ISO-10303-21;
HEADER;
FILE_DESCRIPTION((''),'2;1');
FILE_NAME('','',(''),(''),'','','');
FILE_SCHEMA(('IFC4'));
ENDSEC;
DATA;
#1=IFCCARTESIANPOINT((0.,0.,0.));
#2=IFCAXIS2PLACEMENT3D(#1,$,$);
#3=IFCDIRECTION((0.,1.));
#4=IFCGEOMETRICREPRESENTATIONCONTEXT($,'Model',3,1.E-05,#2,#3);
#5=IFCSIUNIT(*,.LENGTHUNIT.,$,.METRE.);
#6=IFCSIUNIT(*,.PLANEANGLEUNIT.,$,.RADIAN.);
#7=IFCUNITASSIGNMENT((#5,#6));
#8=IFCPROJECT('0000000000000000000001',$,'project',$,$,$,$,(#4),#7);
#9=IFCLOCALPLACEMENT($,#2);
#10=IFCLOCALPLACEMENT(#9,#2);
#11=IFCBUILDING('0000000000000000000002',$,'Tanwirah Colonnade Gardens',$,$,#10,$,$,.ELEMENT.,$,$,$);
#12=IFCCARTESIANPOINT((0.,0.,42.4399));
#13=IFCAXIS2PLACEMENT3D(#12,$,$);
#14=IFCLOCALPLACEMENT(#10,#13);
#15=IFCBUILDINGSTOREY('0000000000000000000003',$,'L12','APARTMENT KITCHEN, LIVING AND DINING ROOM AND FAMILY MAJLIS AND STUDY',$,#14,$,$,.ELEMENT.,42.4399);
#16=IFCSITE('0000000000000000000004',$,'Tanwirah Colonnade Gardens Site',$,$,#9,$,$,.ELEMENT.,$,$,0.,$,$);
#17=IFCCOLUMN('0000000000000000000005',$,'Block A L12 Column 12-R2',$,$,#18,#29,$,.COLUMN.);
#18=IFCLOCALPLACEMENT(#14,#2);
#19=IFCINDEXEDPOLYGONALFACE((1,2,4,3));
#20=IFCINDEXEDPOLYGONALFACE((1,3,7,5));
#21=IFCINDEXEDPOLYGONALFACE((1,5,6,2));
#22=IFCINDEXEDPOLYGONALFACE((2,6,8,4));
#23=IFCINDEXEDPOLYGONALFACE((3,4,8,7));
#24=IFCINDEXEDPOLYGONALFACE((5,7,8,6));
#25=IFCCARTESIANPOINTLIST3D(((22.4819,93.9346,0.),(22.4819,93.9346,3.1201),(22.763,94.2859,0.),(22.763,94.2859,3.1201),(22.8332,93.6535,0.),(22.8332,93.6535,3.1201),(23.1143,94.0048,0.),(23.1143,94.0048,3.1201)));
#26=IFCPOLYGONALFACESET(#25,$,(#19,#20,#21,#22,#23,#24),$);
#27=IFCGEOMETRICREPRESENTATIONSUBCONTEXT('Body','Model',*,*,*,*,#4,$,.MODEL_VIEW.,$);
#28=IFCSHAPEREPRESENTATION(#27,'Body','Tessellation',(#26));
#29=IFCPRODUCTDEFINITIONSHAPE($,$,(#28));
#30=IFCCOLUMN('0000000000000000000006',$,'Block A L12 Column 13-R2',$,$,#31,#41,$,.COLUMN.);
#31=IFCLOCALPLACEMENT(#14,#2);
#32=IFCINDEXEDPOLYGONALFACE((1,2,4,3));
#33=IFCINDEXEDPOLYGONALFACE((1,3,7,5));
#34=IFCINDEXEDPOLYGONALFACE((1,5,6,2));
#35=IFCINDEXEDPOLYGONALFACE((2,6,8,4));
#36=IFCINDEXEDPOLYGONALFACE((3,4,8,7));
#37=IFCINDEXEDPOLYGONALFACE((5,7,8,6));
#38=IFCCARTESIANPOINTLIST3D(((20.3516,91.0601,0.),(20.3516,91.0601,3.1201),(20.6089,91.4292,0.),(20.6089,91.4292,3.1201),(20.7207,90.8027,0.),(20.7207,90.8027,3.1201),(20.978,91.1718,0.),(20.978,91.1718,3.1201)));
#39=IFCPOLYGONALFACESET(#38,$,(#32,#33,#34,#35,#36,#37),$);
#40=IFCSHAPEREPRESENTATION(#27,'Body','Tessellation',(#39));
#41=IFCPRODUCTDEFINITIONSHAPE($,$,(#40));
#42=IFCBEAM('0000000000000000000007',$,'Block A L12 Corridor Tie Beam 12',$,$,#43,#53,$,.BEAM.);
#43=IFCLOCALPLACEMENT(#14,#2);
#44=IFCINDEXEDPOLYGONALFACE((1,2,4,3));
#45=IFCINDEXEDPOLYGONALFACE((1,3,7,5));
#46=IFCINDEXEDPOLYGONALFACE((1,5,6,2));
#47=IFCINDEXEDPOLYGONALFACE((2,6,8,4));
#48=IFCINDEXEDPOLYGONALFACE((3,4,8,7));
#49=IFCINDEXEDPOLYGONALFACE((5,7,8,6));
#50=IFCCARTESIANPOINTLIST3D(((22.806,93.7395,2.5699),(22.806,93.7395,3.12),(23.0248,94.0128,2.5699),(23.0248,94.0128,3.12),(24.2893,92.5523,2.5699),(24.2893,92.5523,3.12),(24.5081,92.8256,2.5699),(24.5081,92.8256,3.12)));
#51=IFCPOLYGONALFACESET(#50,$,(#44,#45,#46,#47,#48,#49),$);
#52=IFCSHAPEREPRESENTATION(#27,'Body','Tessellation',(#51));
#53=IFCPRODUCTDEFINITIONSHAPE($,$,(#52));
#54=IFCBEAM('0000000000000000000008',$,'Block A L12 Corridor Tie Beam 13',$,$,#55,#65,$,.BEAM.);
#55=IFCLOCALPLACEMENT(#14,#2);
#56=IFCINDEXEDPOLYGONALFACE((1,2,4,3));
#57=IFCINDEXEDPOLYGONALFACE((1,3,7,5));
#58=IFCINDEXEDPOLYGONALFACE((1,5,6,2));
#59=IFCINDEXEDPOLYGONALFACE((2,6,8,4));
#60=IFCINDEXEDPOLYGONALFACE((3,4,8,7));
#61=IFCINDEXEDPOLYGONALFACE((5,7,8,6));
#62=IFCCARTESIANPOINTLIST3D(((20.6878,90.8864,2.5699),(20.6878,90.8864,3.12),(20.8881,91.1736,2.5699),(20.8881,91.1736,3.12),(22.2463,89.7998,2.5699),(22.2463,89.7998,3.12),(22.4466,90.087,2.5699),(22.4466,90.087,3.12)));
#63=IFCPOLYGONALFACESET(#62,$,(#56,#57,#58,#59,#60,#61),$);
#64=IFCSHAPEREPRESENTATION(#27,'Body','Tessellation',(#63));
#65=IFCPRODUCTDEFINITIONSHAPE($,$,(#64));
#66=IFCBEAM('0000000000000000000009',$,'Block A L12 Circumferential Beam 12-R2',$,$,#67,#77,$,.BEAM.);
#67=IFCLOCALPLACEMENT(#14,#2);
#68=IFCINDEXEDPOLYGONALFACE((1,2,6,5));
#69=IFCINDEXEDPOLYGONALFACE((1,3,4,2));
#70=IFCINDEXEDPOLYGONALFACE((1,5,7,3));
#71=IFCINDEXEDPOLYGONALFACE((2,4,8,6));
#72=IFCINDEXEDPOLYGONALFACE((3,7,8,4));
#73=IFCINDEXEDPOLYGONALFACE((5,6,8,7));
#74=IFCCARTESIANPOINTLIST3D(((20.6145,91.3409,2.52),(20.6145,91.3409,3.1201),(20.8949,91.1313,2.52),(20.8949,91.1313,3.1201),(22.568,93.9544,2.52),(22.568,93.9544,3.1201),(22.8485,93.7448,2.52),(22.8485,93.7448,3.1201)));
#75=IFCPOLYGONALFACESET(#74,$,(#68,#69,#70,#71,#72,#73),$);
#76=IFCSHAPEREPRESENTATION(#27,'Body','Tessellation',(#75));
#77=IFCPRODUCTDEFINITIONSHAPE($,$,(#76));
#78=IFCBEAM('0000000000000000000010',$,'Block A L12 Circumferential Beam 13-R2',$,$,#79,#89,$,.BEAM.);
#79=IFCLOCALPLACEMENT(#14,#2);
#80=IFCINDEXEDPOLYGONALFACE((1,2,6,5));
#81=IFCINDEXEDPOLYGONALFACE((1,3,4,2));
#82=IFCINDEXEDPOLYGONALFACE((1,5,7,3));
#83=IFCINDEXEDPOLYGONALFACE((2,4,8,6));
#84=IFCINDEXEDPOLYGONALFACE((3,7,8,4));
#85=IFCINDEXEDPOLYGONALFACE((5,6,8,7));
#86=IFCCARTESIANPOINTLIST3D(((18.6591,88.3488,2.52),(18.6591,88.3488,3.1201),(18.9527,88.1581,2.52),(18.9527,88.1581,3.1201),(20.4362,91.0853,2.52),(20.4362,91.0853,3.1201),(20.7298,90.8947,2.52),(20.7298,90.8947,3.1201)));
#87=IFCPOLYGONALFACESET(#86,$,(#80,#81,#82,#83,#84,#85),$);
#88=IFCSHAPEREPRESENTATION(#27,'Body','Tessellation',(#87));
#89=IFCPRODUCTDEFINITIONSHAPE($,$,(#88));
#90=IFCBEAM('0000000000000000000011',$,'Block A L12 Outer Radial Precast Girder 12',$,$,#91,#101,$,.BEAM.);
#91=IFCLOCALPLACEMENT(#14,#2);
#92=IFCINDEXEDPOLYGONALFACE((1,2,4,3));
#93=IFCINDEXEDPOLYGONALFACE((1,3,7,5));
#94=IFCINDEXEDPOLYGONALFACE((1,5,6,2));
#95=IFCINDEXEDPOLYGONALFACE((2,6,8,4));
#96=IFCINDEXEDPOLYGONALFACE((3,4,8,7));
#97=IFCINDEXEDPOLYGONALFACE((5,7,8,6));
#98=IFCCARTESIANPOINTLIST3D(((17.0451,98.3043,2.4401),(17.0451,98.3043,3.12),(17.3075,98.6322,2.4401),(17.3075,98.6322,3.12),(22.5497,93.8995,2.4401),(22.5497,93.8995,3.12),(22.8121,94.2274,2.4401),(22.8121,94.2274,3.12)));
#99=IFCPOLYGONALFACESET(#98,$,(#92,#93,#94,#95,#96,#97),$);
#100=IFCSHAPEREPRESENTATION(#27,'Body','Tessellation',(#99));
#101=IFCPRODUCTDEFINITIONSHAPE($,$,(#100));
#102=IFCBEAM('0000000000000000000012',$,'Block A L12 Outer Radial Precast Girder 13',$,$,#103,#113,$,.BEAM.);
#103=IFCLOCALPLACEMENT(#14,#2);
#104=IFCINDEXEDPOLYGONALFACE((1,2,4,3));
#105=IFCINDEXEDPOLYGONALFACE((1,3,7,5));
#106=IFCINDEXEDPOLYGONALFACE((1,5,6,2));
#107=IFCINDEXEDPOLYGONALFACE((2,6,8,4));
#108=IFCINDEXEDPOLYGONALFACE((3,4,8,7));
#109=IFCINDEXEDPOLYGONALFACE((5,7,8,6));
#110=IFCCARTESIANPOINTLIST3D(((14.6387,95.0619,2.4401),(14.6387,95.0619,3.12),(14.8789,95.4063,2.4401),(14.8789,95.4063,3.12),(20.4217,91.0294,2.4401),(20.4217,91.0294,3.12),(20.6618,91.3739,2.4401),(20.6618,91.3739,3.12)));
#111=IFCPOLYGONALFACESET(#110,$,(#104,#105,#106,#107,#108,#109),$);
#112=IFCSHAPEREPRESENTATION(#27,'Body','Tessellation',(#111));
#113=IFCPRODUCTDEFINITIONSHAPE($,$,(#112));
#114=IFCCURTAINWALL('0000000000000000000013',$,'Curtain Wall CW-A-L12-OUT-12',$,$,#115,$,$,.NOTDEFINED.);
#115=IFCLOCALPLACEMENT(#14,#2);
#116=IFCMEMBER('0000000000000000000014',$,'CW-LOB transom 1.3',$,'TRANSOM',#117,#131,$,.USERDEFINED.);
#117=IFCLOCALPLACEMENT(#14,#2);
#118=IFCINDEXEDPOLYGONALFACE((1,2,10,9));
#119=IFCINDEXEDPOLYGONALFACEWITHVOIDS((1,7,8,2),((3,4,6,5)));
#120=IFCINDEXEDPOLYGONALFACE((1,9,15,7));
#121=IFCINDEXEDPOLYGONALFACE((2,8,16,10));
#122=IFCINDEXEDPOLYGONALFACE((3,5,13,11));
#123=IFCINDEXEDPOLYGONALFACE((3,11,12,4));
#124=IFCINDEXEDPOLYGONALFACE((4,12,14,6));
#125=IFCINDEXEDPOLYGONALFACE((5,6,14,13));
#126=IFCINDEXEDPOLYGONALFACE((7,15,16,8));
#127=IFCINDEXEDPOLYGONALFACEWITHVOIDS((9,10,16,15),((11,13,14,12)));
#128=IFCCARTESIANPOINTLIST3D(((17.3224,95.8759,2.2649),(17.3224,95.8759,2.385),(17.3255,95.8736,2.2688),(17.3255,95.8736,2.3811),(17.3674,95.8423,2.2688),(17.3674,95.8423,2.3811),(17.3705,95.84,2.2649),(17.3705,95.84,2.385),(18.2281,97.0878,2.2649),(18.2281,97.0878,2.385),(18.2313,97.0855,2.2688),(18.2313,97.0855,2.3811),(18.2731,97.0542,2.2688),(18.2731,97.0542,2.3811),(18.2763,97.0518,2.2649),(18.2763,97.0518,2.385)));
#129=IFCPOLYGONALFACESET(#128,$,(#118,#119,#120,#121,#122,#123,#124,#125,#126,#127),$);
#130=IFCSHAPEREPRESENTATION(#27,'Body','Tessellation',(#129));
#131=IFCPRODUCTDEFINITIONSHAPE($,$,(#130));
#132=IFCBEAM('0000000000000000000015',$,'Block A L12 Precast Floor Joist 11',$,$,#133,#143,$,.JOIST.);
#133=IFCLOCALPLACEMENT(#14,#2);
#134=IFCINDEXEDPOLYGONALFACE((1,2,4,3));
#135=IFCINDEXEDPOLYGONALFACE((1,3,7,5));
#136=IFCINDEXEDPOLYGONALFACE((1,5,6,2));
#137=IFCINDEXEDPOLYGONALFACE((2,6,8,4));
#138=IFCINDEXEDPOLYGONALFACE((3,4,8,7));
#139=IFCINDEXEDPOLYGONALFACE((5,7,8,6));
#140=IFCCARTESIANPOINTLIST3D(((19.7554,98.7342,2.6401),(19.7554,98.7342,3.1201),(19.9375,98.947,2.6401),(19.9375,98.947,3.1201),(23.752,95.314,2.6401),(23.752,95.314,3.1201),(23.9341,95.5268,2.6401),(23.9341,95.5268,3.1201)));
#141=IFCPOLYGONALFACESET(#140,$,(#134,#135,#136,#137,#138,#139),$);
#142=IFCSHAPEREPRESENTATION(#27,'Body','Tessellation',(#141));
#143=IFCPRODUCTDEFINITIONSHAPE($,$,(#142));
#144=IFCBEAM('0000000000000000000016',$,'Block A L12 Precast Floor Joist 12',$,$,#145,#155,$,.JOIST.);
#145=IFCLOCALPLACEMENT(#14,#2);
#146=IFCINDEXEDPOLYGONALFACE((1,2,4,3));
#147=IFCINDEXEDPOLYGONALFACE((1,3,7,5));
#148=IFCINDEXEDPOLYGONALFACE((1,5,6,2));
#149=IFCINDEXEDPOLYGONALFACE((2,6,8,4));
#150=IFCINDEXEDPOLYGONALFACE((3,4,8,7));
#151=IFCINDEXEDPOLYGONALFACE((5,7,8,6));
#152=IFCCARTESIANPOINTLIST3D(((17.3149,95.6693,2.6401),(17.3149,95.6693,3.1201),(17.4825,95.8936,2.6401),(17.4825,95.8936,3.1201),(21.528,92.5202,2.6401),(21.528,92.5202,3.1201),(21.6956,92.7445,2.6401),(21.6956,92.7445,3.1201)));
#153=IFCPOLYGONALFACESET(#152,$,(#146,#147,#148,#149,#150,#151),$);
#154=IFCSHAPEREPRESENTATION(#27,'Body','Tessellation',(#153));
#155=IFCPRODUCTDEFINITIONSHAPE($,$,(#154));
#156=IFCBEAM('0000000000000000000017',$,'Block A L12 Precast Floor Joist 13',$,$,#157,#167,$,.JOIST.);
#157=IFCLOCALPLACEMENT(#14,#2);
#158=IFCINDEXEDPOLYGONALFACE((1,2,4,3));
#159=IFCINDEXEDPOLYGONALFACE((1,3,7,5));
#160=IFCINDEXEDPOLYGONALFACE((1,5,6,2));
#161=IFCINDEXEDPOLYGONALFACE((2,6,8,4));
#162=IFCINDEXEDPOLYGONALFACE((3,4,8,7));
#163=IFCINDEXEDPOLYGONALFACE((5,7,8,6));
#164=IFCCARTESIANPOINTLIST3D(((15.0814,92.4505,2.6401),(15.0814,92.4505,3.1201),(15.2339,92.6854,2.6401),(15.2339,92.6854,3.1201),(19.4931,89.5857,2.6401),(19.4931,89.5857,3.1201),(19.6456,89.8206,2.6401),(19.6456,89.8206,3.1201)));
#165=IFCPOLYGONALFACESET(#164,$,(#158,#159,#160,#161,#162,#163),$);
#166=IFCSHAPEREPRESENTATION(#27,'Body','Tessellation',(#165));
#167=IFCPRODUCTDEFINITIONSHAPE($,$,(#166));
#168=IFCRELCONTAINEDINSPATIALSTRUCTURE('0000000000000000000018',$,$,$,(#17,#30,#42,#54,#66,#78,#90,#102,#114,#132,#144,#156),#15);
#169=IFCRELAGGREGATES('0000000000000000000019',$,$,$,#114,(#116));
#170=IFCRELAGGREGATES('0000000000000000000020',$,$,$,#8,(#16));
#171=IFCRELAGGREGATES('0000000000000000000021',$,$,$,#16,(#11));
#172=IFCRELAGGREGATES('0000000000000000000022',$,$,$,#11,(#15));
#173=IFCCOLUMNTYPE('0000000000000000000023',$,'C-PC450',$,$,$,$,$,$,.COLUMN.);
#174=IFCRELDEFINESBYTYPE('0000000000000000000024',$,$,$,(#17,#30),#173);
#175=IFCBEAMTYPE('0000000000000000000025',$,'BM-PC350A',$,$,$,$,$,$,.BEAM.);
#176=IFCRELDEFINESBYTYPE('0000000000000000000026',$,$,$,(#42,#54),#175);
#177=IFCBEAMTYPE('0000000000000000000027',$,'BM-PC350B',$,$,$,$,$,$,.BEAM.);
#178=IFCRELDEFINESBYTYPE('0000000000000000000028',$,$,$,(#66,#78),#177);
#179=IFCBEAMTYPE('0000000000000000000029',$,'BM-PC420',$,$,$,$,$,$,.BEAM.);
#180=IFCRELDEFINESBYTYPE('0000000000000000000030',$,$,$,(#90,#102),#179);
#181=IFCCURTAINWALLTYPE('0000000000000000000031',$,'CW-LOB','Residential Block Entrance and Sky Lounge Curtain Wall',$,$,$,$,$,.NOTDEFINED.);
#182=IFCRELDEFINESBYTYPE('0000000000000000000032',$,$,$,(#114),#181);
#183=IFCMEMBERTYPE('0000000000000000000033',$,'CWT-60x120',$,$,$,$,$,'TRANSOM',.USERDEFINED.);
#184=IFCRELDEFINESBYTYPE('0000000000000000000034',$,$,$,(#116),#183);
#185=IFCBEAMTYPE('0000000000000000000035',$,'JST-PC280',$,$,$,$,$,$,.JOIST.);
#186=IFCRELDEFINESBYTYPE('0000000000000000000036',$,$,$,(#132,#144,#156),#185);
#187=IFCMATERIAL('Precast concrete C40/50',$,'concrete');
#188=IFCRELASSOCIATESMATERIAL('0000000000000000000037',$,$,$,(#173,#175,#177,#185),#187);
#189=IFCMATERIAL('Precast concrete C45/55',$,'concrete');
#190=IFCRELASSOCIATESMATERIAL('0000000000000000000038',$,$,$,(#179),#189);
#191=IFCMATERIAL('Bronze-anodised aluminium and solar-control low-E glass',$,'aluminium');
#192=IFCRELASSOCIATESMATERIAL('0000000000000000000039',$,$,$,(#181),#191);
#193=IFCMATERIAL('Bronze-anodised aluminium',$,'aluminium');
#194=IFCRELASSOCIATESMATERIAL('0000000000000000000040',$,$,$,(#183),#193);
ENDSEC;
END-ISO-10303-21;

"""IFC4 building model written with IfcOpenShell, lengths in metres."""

from ifc_helpers import new_model, si_unit, direction, frame, origin, origin_2d, place, context, subcontext, project, spatial, rectangle, hollow_rectangle, extrude, material, material_profile, profile_set, type_object, element, aggregate, save


model = new_model("IFC4")

# Units and contexts
model_context = context("Model", 3, precision=1e-05, world=origin(), true_north=direction((0.0, 1.0)))
body_context = subcontext(model_context, "Body", "Model", "MODEL_VIEW")
ifc_project = project(units=[si_unit("LENGTHUNIT", "METRE"), si_unit("PLANEANGLEUNIT", "RADIAN")], contexts=[model_context])

# Site, building, storey
site_placement = place(None, origin())
site = spatial("IfcSite", under=ifc_project, at=site_placement, Name="Tanwirah Colonnade Gardens Site", CompositionType="ELEMENT", RefElevation=0.0)
building_placement = place(site_placement, origin())
building = spatial("IfcBuilding", under=site, at=building_placement, Name="Tanwirah Colonnade Gardens", CompositionType="ELEMENT")
storey_placement = place(building_placement, frame((0.0, 0.0, 42.4399)))
storey = spatial("IfcBuildingStorey", under=building, at=storey_placement, Name="L12", Description="APARTMENT KITCHEN, LIVING AND DINING ROOM AND FAMILY MAJLIS AND STUDY", CompositionType="ELEMENT", Elevation=42.4399)

# Columns
ifc_material_1 = material(Name="Precast concrete C40/50", Category="concrete")
ifc_material_profile_1 = material_profile(ifc_material_1, rectangle(XDim=0.45, YDim=0.45, at=origin_2d()), Name="PC-COL 450x450")
ifc_profile_set_1 = profile_set([ifc_material_profile_1], Name="Precast concrete C40/50")
column_type = type_object("IfcColumnType", Name="C-PC450", PredefinedType="COLUMN", material=ifc_profile_set_1)
for number, where, z_axis, x_axis, name in (
    (1, (22.7981, 93.9697, 0.0), (0.0, 0.0, 1.0), (-0.780794, 0.624788, 0.0), "Block A L12 Column 12-R2"),
    (2, (20.6648, 91.116, 0.0), (0.0, 0.0, 1.0), (-0.820263, 0.571987, 0.0), "Block A L12 Column 13-R2"),
):
    element("IfcColumn", number, at=place(storey_placement, frame(where, z_axis=z_axis, x_axis=x_axis)), inside=storey, type_object=column_type, Name=name, PredefinedType="COLUMN", context=body_context, shape_type="SweptSolid", body=[
        extrude(rectangle(XDim=0.45, YDim=0.45, at=origin_2d()), origin(), (0.0, 0.0, 1.0), 3.1201),
    ])

# Beams
ifc_material_profile_2 = material_profile(ifc_material_1, rectangle(XDim=0.3501, YDim=0.55, at=origin_2d()), Name="PC-BM 350x550")
ifc_profile_set_2 = profile_set([ifc_material_profile_2], Name="Precast concrete C40/50")
beam_type_1 = type_object("IfcBeamType", Name="BM-PC350A", PredefinedType="BEAM", material=ifc_profile_set_2)
for number, where, z_axis, x_axis, name in (
    (3, (24.3987, 92.689, 2.845), (-0.780731, 0.624867, 0.0), (-0.624867, -0.780731, 0.0), "Block A L12 Corridor Tie Beam 12"),
    (4, (22.3464, 89.9434, 2.845), (-0.820305, 0.571926, 0.0), (-0.571926, -0.820305, 0.0), "Block A L12 Corridor Tie Beam 13"),
):
    element("IfcBeam", number, at=place(storey_placement, frame(where, z_axis=z_axis, x_axis=x_axis)), inside=storey, type_object=beam_type_1, Name=name, PredefinedType="BEAM", context=body_context, shape_type="SweptSolid", body=[
        extrude(rectangle(XDim=0.3501, YDim=0.55, at=origin_2d()), origin(), (0.0, 0.0, 1.0), 1.8999),
    ])
ifc_material_profile_3 = material_profile(ifc_material_1, rectangle(XDim=0.3501, YDim=0.6001, at=origin_2d()), Name="PC-BM 350x600")
ifc_profile_set_3 = profile_set([ifc_material_profile_3], Name="Precast concrete C40/50")
beam_type_2 = type_object("IfcBeamType", Name="BM-PC350B", PredefinedType="BEAM", material=ifc_profile_set_3)
for number, where, z_axis, x_axis, name in (
    (5, (22.7083, 93.8496, 2.8201), (-0.598718, -0.80096, 0.0), (0.80096, -0.598718, 0.0), "Block A L12 Circumferential Beam 12-R2"),
    (6, (20.583, 90.99, 2.8201), (-0.544628, -0.838678, 0.0), (0.838678, -0.544628, 0.0), "Block A L12 Circumferential Beam 13-R2"),
):
    element("IfcBeam", number, at=place(storey_placement, frame(where, z_axis=z_axis, x_axis=x_axis)), inside=storey, type_object=beam_type_2, Name=name, PredefinedType="BEAM", context=body_context, shape_type="SweptSolid", body=[
        extrude(rectangle(XDim=0.3501, YDim=0.6001, at=origin_2d()), origin(), (0.0, 0.0, 1.0), 3.2629),
    ])
ifc_material_2 = material(Name="Precast concrete C45/55", Category="concrete")
ifc_material_profile_4 = material_profile(ifc_material_2, rectangle(XDim=0.4199, YDim=0.6799, at=origin_2d()), Name="PC-BM 420x680")
ifc_profile_set_4 = profile_set([ifc_material_profile_4], Name="Precast concrete C45/55")
beam_type_3 = type_object("IfcBeamType", Name="BM-PC420", PredefinedType="BEAM", material=ifc_profile_set_4)
for number, where, z_axis, x_axis, name in (
    (7, (22.6809, 94.0635, 2.78), (-0.780794, 0.624788, 0.0), (-0.624788, -0.780794, 0.0), "Block A L12 Outer Radial Precast Girder 12"),
    (8, (20.5417, 91.2017, 2.78), (-0.82027, 0.571976, 0.0), (-0.571976, -0.82027, 0.0), "Block A L12 Outer Radial Precast Girder 13"),
):
    element("IfcBeam", number, at=place(storey_placement, frame(where, z_axis=z_axis, x_axis=x_axis)), inside=storey, type_object=beam_type_3, Name=name, PredefinedType="BEAM", context=body_context, shape_type="SweptSolid", body=[
        extrude(rectangle(XDim=0.4199, YDim=0.6799, at=origin_2d()), origin(), (0.0, 0.0, 1.0), 7.05),
    ])

# Curtain wall, member
ifc_material_3 = material(Name="Bronze-anodised aluminium and solar-control low-E glass", Category="aluminium")
curtain_wall_type = type_object("IfcCurtainWallType", Name="CW-LOB", Description="Residential Block Entrance and Sky Lounge Curtain Wall", PredefinedType="NOTDEFINED", material=ifc_material_3)
curtain_wall_placement = place(storey_placement, origin())
curtain_wall = element("IfcCurtainWall", 9, at=curtain_wall_placement, inside=storey, type_object=curtain_wall_type, Name="Curtain Wall CW-A-L12-OUT-12", PredefinedType="NOTDEFINED")
ifc_material_4 = material(Name="Bronze-anodised aluminium", Category="aluminium")
ifc_material_profile_5 = material_profile(ifc_material_4, hollow_rectangle(XDim=0.0601, YDim=0.1201, WallThickness=0.0039, at=origin_2d()), Name="CW-TRN 60x120x4")
ifc_profile_set_5 = profile_set([ifc_material_profile_5], Name="Bronze-anodised aluminium")
member_type = type_object("IfcMemberType", Name="CWT-60x120", ElementType="TRANSOM", PredefinedType="USERDEFINED", material=ifc_profile_set_5)
member_placement = place(storey_placement, frame((18.2522, 97.0698, 2.325), z_axis=(-0.598657, -0.801006, 0.0), x_axis=(0.801006, -0.598657, 0.0)))
member = element("IfcMember", 10, at=member_placement, type_object=member_type, Name="CW-LOB transom 1.3", ObjectType="TRANSOM", PredefinedType="USERDEFINED", context=body_context, shape_type="SweptSolid", body=[
    extrude(hollow_rectangle(XDim=0.0601, YDim=0.1201, WallThickness=0.0039, at=origin_2d()), origin(), (0.0, 0.0, 1.0), 1.5129),
])
aggregate(curtain_wall, [member])

# Beams
ifc_material_profile_6 = material_profile(ifc_material_1, rectangle(XDim=0.28, YDim=0.48, at=origin_2d()), Name="PC-JST 280x480")
ifc_profile_set_6 = profile_set([ifc_material_profile_6], Name="Precast concrete C40/50")
beam_type_4 = type_object("IfcBeamType", Name="JST-PC280", PredefinedType="JOIST", material=ifc_profile_set_6)
beam_1_placement = place(storey_placement, frame((23.843, 95.4204, 2.8801), z_axis=(-0.759771, 0.650191, 0.0), x_axis=(-0.650191, -0.759771, 0.0)))
element("IfcBeam", 11, at=beam_1_placement, inside=storey, type_object=beam_type_4, Name="Block A L12 Precast Floor Joist 11", PredefinedType="JOIST", context=body_context, shape_type="SweptSolid", body=[
    extrude(rectangle(XDim=0.28, YDim=0.48, at=origin_2d()), origin(), (0.0, 0.0, 1.0), 5.2603),
])
beam_2_placement = place(storey_placement, frame((21.6118, 92.6323, 2.8801), z_axis=(-0.800974, 0.5987, 0.0), x_axis=(-0.5987, -0.800974, 0.0)))
element("IfcBeam", 12, at=beam_2_placement, inside=storey, type_object=beam_type_4, Name="Block A L12 Precast Floor Joist 12", PredefinedType="JOIST", context=body_context, shape_type="SweptSolid", body=[
    extrude(rectangle(XDim=0.28, YDim=0.48, at=origin_2d()), origin(), (0.0, 0.0, 1.0), 5.26),
])
beam_3_placement = place(storey_placement, frame((19.5693, 89.7031, 2.8801), z_axis=(-0.838687, 0.544613, 0.0), x_axis=(-0.544613, -0.838687, 0.0)))
element("IfcBeam", 13, at=beam_3_placement, inside=storey, type_object=beam_type_4, Name="Block A L12 Precast Floor Joist 13", PredefinedType="JOIST", context=body_context, shape_type="SweptSolid", body=[
    extrude(rectangle(XDim=0.28, YDim=0.48, at=origin_2d()), origin(), (0.0, 0.0, 1.0), 5.2603),
])

save(model, "model.ifc")
